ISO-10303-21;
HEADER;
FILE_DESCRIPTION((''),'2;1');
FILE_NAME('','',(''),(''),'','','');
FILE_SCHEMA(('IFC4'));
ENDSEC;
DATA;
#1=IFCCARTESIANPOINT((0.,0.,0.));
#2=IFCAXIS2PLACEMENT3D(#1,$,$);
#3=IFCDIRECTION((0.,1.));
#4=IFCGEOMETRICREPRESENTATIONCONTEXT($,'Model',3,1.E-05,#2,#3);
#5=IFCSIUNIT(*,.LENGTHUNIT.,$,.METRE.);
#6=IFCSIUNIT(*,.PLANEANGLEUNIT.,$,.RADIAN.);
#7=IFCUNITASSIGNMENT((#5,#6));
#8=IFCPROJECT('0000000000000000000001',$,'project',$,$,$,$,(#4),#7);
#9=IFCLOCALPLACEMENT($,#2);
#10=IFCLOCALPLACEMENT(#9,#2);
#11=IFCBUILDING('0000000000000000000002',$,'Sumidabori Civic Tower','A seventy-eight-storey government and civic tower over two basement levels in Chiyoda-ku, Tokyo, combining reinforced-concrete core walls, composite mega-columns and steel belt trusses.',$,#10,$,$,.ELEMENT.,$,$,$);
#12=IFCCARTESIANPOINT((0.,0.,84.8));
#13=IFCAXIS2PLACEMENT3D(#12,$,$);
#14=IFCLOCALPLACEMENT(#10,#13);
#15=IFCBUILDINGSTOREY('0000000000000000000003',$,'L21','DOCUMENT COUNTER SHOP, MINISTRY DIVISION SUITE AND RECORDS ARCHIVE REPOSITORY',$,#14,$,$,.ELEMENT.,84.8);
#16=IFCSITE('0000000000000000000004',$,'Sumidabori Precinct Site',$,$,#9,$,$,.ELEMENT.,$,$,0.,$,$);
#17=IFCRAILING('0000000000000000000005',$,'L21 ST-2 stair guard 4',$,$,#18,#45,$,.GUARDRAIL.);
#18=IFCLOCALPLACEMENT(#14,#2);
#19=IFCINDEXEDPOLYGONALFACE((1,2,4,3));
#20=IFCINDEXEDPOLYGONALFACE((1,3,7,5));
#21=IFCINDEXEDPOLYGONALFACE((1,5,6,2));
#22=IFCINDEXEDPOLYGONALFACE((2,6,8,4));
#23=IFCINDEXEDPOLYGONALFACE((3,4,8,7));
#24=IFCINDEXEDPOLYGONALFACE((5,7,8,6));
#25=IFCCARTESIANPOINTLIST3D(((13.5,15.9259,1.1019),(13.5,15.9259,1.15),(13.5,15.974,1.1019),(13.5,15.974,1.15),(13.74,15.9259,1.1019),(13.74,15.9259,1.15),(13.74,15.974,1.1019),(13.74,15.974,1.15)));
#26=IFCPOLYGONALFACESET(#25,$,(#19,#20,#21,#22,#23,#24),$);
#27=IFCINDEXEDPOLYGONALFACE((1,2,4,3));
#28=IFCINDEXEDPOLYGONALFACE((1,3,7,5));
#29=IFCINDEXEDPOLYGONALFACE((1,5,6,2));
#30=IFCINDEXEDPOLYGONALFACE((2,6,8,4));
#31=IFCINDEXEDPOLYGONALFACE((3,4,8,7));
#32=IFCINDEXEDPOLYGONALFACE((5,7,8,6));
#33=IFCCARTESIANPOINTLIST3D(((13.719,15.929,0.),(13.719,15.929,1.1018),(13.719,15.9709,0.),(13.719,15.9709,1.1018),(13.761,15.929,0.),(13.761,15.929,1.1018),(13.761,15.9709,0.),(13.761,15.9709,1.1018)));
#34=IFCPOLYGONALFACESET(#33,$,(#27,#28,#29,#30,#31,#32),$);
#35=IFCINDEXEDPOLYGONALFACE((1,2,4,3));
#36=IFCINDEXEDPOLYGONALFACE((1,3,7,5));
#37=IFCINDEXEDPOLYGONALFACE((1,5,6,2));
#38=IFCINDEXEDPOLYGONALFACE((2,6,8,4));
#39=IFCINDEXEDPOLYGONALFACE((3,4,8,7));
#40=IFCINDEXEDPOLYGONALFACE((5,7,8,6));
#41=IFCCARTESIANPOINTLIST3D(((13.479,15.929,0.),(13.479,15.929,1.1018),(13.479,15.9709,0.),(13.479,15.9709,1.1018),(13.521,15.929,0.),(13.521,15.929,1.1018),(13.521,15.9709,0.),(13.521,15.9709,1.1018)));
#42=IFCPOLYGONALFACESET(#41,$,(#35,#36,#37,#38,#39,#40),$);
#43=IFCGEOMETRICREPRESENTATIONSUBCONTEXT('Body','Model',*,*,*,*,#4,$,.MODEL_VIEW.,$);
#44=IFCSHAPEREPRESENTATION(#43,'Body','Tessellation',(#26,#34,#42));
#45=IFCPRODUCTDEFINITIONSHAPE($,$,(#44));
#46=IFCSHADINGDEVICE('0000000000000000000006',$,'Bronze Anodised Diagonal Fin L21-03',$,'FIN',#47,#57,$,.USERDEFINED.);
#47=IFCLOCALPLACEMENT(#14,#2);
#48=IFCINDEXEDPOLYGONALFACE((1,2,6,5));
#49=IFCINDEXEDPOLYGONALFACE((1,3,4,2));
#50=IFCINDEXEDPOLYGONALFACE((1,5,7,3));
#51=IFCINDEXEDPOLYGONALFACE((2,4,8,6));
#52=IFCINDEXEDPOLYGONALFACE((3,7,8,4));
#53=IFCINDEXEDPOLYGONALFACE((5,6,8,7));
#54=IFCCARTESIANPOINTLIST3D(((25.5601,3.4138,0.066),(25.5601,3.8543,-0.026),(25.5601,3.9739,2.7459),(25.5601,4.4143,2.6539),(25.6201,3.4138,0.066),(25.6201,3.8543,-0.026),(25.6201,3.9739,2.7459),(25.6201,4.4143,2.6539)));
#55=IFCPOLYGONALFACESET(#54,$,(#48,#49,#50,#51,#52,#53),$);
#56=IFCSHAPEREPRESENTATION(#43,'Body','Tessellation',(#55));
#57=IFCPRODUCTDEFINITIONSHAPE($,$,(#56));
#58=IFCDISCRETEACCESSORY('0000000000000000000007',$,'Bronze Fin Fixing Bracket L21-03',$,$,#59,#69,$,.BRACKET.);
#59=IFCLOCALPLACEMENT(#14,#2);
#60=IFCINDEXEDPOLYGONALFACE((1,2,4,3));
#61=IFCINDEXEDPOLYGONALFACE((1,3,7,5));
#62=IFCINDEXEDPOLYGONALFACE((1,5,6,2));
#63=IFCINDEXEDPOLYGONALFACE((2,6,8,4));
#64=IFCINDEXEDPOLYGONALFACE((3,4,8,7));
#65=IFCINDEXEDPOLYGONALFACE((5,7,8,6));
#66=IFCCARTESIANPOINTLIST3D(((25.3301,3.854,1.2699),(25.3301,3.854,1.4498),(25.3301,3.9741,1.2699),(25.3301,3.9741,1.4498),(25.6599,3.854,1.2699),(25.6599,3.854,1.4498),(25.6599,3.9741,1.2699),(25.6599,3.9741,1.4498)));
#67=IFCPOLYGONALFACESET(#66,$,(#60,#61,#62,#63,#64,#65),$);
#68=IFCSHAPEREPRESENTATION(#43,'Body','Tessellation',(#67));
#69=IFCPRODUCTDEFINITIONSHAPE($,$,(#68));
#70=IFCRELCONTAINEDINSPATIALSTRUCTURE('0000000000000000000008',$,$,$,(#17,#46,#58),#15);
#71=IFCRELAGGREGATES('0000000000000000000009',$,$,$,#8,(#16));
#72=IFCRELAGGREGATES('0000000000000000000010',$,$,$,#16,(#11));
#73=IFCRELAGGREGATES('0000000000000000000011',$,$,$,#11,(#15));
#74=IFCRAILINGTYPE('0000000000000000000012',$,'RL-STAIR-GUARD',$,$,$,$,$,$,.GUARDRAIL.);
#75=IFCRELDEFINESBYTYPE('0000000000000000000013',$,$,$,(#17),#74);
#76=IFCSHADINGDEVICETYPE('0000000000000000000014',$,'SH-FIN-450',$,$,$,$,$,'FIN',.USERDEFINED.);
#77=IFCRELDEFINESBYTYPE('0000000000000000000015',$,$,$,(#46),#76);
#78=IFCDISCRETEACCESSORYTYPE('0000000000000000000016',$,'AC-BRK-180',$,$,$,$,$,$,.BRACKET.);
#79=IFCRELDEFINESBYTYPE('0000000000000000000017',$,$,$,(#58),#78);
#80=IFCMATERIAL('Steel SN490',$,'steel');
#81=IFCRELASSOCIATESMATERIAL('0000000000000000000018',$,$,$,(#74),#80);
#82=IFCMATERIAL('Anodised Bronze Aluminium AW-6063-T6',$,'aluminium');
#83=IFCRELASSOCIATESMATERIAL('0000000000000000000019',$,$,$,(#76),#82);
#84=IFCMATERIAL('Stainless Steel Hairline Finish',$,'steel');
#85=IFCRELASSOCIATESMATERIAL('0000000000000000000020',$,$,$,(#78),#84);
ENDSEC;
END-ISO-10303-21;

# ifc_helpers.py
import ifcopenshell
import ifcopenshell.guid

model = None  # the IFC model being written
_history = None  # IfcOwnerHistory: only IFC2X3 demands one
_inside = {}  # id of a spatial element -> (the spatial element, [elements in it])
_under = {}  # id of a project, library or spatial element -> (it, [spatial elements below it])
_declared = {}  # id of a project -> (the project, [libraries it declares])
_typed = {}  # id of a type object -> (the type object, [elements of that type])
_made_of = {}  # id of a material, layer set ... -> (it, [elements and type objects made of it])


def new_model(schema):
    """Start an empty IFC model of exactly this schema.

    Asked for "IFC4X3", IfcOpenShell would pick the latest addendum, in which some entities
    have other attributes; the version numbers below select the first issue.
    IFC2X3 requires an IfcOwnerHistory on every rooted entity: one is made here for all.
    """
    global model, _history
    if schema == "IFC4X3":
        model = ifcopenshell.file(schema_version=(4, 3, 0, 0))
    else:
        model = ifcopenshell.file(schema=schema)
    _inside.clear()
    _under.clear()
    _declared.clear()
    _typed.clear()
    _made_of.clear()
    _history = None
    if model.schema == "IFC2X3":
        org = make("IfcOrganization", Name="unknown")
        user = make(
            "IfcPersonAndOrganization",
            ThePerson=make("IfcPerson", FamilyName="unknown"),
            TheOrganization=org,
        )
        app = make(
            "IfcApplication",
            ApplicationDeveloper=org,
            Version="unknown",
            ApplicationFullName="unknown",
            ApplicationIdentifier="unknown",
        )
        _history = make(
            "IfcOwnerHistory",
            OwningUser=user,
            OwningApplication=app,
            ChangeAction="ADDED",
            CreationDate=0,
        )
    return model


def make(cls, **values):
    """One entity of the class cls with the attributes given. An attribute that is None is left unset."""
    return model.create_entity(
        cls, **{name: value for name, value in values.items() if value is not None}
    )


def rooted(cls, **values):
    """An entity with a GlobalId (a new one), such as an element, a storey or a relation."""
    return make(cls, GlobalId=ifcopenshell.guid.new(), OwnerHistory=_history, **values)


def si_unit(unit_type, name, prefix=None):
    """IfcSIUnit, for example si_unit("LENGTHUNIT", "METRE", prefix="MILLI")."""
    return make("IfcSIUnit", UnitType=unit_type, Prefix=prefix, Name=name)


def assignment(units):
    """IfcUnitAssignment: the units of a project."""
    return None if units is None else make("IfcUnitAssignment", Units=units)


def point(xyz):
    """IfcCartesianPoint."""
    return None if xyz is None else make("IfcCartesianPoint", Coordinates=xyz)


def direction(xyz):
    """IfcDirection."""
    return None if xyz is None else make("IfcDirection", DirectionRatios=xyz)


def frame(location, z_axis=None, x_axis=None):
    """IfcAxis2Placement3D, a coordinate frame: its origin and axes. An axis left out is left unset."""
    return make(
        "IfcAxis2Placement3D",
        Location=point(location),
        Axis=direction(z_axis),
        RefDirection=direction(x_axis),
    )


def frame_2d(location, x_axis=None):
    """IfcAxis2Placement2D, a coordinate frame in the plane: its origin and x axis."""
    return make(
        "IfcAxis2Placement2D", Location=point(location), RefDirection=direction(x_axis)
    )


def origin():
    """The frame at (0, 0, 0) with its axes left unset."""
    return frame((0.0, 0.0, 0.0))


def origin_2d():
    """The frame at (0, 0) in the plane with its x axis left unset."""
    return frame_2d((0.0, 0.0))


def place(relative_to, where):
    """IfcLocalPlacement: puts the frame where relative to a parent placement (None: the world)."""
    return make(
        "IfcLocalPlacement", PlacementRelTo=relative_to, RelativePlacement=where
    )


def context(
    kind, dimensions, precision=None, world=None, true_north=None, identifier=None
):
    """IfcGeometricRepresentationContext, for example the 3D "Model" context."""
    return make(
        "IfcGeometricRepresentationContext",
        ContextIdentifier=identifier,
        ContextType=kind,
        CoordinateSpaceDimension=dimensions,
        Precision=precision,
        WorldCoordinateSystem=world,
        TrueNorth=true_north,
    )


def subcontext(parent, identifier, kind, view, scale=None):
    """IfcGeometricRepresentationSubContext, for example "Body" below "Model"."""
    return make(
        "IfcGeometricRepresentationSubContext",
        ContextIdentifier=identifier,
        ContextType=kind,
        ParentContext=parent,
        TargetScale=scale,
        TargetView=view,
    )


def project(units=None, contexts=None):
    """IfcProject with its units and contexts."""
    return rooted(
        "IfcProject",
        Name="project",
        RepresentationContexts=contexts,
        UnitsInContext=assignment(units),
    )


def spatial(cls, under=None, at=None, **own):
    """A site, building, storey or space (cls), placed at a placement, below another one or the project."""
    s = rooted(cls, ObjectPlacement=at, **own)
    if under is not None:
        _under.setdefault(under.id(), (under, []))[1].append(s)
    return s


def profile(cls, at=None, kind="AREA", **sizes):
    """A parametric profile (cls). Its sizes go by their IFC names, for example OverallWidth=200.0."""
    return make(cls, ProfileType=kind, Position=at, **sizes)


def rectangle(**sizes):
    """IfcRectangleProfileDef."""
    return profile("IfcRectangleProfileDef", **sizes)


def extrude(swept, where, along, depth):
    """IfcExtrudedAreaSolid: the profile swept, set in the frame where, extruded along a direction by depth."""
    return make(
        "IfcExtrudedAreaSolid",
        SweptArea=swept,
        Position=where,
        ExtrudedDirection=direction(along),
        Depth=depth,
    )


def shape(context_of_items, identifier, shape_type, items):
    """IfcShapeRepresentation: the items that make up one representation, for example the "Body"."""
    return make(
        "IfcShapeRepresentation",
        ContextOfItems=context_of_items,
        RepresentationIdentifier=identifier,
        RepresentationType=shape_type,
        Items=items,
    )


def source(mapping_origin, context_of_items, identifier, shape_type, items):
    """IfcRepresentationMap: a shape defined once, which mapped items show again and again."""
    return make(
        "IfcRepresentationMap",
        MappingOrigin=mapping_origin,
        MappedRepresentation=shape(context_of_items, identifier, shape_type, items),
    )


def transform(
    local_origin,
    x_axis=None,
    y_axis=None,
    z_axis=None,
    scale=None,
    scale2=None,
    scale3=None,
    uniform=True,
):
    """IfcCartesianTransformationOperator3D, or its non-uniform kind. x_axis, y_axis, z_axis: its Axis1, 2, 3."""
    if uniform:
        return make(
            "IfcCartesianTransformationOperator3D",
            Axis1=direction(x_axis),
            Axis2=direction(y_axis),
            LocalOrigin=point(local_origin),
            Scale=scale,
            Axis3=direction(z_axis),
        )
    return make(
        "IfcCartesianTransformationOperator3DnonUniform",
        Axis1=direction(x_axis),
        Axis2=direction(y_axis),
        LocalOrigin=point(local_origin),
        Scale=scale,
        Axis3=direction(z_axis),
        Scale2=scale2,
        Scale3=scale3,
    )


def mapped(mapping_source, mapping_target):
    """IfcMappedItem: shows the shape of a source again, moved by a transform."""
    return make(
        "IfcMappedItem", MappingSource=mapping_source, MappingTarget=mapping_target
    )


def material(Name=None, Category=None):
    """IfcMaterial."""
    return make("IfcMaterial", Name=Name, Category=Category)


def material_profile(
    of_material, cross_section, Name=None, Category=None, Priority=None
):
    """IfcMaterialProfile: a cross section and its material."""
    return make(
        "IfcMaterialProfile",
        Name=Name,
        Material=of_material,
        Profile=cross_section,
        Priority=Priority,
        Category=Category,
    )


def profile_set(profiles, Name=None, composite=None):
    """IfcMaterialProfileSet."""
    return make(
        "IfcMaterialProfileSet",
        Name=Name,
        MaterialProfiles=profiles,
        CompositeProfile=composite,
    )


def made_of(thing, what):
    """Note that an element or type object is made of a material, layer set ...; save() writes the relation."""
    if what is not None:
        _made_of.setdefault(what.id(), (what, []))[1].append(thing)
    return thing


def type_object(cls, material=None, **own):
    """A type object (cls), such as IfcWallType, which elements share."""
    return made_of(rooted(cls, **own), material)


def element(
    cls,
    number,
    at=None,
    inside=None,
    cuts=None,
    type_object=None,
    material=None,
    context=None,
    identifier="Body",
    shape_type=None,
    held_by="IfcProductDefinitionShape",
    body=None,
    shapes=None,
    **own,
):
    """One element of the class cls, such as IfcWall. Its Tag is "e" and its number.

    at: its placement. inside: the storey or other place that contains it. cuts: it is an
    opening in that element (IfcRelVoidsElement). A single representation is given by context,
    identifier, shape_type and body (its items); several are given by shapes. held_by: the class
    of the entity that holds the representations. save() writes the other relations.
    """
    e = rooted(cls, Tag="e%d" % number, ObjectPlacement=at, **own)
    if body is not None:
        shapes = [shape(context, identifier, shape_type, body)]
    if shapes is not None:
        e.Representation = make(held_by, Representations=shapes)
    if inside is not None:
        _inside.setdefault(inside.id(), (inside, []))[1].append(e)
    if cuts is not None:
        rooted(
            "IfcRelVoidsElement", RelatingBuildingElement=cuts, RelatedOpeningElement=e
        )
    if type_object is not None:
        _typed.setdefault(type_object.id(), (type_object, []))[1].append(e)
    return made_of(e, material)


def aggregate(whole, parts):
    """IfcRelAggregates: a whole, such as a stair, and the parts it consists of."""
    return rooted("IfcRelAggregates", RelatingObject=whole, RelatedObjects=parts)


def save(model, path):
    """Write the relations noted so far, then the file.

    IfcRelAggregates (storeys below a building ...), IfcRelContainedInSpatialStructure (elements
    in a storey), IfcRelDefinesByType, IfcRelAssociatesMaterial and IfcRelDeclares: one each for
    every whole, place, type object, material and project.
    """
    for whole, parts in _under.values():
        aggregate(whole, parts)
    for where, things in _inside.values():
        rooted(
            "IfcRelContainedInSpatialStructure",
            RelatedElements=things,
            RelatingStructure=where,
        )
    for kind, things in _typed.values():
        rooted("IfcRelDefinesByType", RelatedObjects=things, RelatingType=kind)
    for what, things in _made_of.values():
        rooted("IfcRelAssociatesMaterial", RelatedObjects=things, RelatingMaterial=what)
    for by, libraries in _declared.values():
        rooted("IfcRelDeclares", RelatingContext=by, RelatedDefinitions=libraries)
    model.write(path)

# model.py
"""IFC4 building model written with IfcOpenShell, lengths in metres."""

from ifc_helpers import new_model, si_unit, direction, frame, origin, origin_2d, place, context, subcontext, project, spatial, rectangle, extrude, source, transform, mapped, material, material_profile, profile_set, type_object, element, save


model = new_model("IFC4")

# Units and contexts
model_context = context("Model", 3, precision=1e-05, world=origin(), true_north=direction((0.0, 1.0)))
body_context = subcontext(model_context, "Body", "Model", "MODEL_VIEW")
ifc_project = project(units=[si_unit("LENGTHUNIT", "METRE"), si_unit("PLANEANGLEUNIT", "RADIAN")], contexts=[model_context])

# Site, building, storey
site_placement = place(None, origin())
site = spatial("IfcSite", under=ifc_project, at=site_placement, Name="Sumidabori Precinct Site", CompositionType="ELEMENT", RefElevation=0.0)
building_placement = place(site_placement, origin())
building = spatial("IfcBuilding", under=site, at=building_placement, Name="Sumidabori Civic Tower", Description="A seventy-eight-storey government and civic tower over two basement levels in Chiyoda-ku, Tokyo, combining reinforced-concrete core walls, composite mega-columns and steel belt trusses.", CompositionType="ELEMENT")
storey_placement = place(building_placement, frame((0.0, 0.0, 84.8)))
storey = spatial("IfcBuildingStorey", under=building, at=storey_placement, Name="L21", Description="DOCUMENT COUNTER SHOP, MINISTRY DIVISION SUITE AND RECORDS ARCHIVE REPOSITORY", CompositionType="ELEMENT", Elevation=84.8)

# Shared definitions
ifc_material_1 = material(Name="Steel SN490", Category="steel")

# Shared definitions
ifc_material_2 = material(Name="Anodised Bronze Aluminium AW-6063-T6", Category="aluminium")

# Railing
ifc_material_3 = material(Name="Stainless Steel Hairline Finish", Category="steel")
railing_type_1 = type_object("IfcRailingType", Name="RL-STAIR-GUARD", PredefinedType="GUARDRAIL", material=ifc_material_1)
for number, where, name in (
    (1, (13.74, 15.95, 0.0), "L21 ST-2 stair guard 4"),
):
    element("IfcRailing", number, at=place(storey_placement, frame(where)), inside=storey, type_object=railing_type_1, Name=name, PredefinedType="GUARDRAIL", context=body_context, shape_type="SweptSolid", body=[
        extrude(rectangle(XDim=0.0481, YDim=0.0481, at=origin_2d()), frame((0.0, 0.0, 1.126), z_axis=(-1.0, 0.0, 0.0), x_axis=(0.0, -1.0, 0.0)), (0.0, 0.0, 1.0), 0.24),
        extrude(rectangle(XDim=0.042, YDim=0.042, at=origin_2d()), origin(), (0.0, 0.0, 1.0), 1.1018),
        extrude(rectangle(XDim=0.042, YDim=0.042, at=origin_2d()), frame((-0.24, 0.0, 0.0)), (0.0, 0.0, 1.0), 1.1018),
    ])

# Shading device
ifc_material_profile_1 = material_profile(ifc_material_2, rectangle(XDim=0.0601, YDim=0.45, at=origin_2d()), Name="BRONZE FIN 450x60")
ifc_profile_set_1 = profile_set([ifc_material_profile_1], Name="Anodised Bronze Aluminium AW-6063-T6")
shading_device_type = type_object("IfcShadingDeviceType", Name="SH-FIN-450", ElementType="FIN", PredefinedType="USERDEFINED", material=ifc_profile_set_1)
shared_shape_1 = source(origin(), body_context, "Body", "SweptSolid", [
    extrude(rectangle(XDim=0.0601, YDim=0.45, at=origin_2d()), origin(), (0.0, 0.0, 1.0), 2.7378),
])
shading_device_placement = place(storey_placement, frame((25.5901, 3.634, 0.02), z_axis=(0.0, 0.204563, 0.978853), x_axis=(-1.0, 0.0, 0.0)))
element("IfcShadingDevice", 2, at=shading_device_placement, inside=storey, type_object=shading_device_type, Name="Bronze Anodised Diagonal Fin L21-03", ObjectType="FIN", PredefinedType="USERDEFINED", context=body_context, shape_type="MappedRepresentation", body=[
    mapped(shared_shape_1, transform((0.0, 0.0, 0.0), x_axis=(1.0, 0.0, 0.0), y_axis=(0.0, 1.0, 0.0), z_axis=(0.0, 0.0, 1.0), scale=1.0)),
])

# Discrete accessory
ifc_material_profile_2 = material_profile(ifc_material_3, rectangle(XDim=0.1201, YDim=0.1799, at=origin_2d()), Name="STEEL BRACKET 180x120")
ifc_profile_set_2 = profile_set([ifc_material_profile_2], Name="Stainless Steel Hairline Finish")
discrete_accessory_type = type_object("IfcDiscreteAccessoryType", Name="AC-BRK-180", PredefinedType="BRACKET", material=ifc_profile_set_2)
shared_shape_2 = source(origin(), body_context, "Body", "SweptSolid", [
    extrude(rectangle(XDim=0.1201, YDim=0.1799, at=origin_2d()), origin(), (0.0, 0.0, 1.0), 0.3298),
])
discrete_accessory_placement = place(storey_placement, frame((25.3301, 3.9141, 1.3599), z_axis=(1.0, 0.0, 0.0), x_axis=(0.0, 1.0, 0.0)))
element("IfcDiscreteAccessory", 3, at=discrete_accessory_placement, inside=storey, type_object=discrete_accessory_type, Name="Bronze Fin Fixing Bracket L21-03", PredefinedType="BRACKET", context=body_context, shape_type="MappedRepresentation", body=[
    mapped(shared_shape_2, transform((0.0, 0.0, 0.0), x_axis=(1.0, 0.0, 0.0), y_axis=(0.0, 1.0, 0.0), z_axis=(0.0, 0.0, 1.0), scale=1.0)),
])

save(model, "model.ifc")
